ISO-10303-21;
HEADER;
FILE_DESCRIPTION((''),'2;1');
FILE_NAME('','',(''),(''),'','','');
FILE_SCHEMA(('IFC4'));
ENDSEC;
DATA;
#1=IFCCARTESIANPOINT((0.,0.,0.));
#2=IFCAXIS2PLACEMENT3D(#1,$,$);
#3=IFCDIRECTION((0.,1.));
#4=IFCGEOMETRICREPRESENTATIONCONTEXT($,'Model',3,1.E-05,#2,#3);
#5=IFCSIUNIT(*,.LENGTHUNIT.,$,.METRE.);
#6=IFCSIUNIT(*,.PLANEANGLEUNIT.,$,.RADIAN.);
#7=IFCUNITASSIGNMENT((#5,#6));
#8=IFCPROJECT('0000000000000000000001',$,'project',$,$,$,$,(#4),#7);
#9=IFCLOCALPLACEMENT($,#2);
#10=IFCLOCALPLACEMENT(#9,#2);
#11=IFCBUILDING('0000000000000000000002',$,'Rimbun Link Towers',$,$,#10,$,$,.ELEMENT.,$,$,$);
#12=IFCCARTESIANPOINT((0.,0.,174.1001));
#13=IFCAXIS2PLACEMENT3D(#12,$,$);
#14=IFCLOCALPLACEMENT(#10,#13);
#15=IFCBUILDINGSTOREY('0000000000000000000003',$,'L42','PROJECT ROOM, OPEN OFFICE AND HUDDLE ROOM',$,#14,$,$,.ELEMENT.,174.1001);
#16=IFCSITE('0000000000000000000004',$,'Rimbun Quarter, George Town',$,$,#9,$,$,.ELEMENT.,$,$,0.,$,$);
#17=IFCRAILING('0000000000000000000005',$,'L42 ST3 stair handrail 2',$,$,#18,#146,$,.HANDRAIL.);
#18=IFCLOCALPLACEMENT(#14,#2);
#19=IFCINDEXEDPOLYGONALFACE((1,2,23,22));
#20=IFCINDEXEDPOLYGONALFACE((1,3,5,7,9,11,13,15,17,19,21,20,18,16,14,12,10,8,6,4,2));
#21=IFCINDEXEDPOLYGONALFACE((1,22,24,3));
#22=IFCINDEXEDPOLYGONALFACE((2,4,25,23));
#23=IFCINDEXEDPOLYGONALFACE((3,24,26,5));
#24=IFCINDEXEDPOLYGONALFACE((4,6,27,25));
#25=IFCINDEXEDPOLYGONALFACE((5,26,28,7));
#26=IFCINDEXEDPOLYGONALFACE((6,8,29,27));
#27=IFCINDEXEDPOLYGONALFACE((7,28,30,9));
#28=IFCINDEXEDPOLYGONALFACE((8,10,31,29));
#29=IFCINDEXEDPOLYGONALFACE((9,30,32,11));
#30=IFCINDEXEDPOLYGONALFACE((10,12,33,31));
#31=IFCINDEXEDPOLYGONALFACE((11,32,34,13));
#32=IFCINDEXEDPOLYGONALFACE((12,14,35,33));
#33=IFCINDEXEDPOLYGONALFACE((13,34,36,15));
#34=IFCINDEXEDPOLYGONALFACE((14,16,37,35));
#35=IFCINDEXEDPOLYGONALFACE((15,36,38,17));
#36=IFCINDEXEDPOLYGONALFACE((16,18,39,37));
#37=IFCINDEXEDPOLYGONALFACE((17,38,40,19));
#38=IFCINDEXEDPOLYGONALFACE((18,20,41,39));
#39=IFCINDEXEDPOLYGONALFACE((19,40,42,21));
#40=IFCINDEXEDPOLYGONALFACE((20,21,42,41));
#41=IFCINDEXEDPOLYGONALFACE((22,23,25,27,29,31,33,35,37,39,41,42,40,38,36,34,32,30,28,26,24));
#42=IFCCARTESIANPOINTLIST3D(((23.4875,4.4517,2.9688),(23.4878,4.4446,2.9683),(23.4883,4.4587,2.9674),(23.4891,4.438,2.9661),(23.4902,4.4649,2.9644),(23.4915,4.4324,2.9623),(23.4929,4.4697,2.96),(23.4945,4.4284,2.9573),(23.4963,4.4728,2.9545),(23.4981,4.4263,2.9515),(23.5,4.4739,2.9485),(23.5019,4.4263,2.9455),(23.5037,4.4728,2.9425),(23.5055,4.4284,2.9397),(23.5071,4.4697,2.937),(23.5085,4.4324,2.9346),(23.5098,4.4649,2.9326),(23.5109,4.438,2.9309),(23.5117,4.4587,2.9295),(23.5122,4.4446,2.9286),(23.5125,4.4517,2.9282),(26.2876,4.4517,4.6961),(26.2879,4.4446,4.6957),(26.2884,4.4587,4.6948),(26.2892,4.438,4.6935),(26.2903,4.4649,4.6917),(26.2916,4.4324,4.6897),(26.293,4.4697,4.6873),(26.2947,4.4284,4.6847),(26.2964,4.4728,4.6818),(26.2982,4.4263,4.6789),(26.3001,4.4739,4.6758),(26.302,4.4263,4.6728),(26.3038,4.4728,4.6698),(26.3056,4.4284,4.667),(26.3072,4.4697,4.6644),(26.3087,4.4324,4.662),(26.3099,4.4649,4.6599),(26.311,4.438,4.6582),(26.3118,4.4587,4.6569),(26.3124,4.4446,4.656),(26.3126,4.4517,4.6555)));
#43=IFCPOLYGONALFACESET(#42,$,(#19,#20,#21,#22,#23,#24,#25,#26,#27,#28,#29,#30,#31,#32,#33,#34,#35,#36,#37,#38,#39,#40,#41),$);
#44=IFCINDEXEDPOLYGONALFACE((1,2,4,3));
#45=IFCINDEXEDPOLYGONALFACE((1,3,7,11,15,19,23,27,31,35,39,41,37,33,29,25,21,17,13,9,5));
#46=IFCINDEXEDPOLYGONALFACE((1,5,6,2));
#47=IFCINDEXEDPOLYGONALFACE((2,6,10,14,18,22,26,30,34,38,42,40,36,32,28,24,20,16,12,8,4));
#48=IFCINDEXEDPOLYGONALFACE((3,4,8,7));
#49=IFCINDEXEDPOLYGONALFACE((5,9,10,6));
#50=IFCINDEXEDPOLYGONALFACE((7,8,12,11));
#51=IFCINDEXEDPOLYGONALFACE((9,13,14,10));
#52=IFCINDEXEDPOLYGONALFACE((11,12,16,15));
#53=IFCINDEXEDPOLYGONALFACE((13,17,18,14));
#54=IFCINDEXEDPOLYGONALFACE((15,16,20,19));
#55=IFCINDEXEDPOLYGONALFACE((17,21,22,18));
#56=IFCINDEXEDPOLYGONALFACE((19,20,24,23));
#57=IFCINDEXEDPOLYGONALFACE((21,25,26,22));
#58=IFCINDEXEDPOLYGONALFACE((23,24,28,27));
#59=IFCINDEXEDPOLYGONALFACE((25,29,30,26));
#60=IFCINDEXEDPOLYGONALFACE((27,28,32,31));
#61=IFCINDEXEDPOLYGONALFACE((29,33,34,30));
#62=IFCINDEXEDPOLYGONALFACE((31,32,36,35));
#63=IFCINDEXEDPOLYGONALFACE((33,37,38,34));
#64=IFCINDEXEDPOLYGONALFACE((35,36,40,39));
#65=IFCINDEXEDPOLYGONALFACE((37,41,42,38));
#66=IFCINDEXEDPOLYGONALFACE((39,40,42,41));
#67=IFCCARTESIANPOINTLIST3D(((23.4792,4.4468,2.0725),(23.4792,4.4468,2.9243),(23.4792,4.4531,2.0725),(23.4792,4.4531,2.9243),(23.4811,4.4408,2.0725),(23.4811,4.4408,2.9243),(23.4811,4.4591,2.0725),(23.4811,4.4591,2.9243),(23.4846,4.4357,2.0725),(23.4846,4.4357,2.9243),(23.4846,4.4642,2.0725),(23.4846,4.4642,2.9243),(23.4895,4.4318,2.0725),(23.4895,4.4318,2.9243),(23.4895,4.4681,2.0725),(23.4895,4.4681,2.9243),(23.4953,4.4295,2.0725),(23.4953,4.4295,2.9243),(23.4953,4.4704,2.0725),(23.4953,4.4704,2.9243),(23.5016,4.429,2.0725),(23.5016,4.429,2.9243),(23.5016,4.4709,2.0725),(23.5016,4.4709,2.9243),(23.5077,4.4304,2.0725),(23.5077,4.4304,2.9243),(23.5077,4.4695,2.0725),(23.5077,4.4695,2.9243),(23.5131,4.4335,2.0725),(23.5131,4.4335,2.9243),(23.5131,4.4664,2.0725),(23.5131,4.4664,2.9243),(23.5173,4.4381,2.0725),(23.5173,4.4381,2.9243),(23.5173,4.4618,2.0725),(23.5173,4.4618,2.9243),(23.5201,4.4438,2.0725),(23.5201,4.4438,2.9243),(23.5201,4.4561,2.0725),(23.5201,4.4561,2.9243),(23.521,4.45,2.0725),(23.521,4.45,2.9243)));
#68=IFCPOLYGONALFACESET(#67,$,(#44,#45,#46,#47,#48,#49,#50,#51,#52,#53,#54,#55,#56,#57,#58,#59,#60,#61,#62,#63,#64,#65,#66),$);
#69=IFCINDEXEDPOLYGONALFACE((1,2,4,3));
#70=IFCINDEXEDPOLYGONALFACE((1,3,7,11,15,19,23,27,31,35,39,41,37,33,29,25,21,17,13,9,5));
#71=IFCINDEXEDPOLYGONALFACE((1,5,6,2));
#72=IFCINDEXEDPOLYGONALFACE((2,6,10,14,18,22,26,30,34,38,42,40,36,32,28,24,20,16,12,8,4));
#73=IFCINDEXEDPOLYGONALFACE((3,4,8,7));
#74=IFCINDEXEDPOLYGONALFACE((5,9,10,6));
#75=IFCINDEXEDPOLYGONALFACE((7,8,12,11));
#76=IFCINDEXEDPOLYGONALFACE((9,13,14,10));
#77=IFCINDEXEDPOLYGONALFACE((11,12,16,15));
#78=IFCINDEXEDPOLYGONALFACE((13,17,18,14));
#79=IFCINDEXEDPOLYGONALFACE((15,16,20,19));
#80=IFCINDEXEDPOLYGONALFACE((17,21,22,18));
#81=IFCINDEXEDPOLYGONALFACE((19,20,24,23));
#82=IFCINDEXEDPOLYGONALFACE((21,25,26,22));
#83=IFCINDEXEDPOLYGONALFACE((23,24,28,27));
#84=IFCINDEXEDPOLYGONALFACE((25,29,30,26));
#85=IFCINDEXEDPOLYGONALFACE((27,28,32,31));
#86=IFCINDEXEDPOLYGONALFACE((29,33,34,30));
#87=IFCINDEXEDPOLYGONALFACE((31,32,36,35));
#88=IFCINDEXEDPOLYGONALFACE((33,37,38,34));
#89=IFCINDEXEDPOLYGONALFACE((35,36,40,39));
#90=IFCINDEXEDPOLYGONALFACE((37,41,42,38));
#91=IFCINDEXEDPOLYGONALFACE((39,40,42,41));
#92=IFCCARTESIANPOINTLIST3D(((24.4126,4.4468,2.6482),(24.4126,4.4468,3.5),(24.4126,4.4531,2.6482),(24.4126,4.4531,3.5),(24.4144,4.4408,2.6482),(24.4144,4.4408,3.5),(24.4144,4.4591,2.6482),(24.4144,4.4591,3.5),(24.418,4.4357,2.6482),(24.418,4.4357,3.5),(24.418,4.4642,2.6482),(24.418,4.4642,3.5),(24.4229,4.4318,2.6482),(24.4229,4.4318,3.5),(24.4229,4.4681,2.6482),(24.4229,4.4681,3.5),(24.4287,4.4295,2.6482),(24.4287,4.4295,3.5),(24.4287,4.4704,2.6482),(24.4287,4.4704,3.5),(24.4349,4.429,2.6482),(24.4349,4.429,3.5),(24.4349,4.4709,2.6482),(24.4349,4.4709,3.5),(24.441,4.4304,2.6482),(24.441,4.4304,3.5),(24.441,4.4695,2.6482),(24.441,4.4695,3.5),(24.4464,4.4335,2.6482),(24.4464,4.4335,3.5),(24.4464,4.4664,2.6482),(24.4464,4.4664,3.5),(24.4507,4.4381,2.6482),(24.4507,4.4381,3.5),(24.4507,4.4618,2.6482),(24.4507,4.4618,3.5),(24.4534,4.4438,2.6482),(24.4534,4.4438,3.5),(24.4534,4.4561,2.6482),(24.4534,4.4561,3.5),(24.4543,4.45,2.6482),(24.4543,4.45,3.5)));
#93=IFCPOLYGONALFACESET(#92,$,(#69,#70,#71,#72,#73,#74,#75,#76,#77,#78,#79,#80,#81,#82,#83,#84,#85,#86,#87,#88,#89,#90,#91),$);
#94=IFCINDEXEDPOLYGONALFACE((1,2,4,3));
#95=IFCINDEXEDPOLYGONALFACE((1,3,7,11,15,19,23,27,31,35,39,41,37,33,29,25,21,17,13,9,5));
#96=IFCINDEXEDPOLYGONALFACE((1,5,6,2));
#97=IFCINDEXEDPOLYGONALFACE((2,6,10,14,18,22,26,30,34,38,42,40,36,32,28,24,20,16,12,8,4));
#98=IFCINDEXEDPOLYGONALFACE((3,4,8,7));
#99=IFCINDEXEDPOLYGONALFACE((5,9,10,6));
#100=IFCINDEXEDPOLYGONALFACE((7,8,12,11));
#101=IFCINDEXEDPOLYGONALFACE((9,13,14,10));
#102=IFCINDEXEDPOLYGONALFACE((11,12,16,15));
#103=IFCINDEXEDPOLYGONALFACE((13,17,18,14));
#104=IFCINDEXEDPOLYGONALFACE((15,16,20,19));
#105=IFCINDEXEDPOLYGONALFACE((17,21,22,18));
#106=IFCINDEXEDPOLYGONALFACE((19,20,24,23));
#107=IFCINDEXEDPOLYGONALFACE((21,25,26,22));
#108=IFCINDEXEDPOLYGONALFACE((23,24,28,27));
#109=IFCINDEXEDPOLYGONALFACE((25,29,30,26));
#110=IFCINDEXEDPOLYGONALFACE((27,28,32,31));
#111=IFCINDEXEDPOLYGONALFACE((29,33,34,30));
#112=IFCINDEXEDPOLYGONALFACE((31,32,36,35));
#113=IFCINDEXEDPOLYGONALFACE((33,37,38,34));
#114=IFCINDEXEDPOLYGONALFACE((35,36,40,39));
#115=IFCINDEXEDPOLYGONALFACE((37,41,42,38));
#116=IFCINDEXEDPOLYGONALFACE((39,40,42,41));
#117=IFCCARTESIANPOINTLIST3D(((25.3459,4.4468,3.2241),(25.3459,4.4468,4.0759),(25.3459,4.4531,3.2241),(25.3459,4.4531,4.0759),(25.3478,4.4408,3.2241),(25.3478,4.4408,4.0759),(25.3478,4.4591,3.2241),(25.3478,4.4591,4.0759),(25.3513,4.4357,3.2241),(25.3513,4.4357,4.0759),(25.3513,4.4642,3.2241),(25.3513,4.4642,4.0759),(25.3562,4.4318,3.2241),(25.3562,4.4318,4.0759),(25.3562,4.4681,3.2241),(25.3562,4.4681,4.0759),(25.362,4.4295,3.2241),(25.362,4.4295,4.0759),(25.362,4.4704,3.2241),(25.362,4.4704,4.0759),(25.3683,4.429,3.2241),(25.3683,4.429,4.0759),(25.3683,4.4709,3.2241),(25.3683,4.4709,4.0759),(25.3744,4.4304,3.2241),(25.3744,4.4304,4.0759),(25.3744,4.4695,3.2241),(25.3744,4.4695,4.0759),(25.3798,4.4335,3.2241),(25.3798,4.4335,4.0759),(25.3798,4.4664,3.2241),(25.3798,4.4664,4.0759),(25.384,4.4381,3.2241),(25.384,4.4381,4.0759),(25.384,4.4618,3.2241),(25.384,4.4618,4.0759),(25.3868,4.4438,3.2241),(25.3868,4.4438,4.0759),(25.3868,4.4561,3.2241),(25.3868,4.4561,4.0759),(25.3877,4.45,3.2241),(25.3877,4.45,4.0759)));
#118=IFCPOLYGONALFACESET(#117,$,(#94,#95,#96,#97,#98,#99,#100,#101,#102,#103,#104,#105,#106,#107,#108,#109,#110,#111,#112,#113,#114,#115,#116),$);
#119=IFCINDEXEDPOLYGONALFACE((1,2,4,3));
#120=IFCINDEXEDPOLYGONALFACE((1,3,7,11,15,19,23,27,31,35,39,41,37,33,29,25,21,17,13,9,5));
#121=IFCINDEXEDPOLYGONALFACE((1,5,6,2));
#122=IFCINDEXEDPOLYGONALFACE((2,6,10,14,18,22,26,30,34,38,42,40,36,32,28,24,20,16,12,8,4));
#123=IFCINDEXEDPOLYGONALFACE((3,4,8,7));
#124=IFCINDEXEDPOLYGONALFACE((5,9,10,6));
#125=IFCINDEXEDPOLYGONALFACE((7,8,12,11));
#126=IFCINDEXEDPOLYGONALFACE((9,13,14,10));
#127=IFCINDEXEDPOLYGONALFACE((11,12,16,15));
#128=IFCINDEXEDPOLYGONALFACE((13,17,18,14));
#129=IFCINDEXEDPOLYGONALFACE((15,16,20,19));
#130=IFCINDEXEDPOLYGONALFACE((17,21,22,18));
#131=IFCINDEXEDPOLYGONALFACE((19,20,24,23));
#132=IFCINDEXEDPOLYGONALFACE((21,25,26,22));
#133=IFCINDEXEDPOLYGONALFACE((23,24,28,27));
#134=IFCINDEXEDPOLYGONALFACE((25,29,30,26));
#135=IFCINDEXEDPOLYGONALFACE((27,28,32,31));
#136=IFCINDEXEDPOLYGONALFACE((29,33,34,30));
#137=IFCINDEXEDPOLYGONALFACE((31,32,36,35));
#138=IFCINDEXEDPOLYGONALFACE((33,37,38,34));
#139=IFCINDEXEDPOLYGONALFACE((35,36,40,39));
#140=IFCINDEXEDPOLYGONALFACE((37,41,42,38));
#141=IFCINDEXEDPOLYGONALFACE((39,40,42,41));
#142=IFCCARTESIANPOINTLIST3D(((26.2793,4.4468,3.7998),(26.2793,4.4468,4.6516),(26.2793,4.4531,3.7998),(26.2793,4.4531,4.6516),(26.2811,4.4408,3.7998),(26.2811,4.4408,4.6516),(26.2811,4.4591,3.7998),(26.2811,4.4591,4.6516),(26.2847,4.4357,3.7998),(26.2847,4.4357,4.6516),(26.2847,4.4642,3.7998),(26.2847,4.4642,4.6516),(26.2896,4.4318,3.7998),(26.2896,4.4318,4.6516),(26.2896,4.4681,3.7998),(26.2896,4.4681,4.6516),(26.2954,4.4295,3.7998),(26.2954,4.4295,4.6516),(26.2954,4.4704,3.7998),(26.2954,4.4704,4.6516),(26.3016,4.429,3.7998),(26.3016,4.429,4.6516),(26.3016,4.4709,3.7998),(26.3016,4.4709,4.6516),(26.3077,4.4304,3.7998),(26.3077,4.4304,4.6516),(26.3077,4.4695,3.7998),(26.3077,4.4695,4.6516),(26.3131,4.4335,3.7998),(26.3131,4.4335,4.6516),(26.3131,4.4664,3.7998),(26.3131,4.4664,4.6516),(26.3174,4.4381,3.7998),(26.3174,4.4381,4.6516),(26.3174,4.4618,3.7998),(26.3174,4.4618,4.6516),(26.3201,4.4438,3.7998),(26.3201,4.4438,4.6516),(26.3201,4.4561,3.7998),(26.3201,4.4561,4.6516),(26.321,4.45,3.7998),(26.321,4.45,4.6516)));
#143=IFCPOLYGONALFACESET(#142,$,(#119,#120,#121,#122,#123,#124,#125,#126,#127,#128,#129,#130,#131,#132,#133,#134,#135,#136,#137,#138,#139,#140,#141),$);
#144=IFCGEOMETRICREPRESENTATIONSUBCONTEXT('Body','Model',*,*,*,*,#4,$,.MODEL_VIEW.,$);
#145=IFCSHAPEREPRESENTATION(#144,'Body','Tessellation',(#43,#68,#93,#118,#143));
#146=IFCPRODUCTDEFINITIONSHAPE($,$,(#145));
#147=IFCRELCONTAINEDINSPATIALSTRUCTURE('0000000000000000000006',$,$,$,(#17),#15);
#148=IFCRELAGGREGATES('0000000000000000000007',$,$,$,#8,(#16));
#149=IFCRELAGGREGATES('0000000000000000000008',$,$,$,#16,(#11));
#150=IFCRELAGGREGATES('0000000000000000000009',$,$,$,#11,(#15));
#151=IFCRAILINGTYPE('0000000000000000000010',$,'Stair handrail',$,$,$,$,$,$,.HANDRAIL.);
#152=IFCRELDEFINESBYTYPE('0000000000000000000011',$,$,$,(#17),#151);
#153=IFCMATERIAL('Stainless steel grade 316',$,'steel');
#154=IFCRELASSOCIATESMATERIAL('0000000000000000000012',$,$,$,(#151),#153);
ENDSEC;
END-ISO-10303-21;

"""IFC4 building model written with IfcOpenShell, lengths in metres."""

from ifc_helpers import new_model, si_unit, direction, frame, origin, origin_2d, place, context, subcontext, project, spatial, circle, extrude, material, type_object, element, save


model = new_model("IFC4")

# Units and contexts
model_context = context("Model", 3, precision=1e-05, world=origin(), true_north=direction((0.0, 1.0)))
body_context = subcontext(model_context, "Body", "Model", "MODEL_VIEW")
ifc_project = project(units=[si_unit("LENGTHUNIT", "METRE"), si_unit("PLANEANGLEUNIT", "RADIAN")], contexts=[model_context])

# Site, building, storey
site_placement = place(None, origin())
site = spatial("IfcSite", under=ifc_project, at=site_placement, Name="Rimbun Quarter, George Town", CompositionType="ELEMENT", RefElevation=0.0)
building_placement = place(site_placement, origin())
building = spatial("IfcBuilding", under=site, at=building_placement, Name="Rimbun Link Towers", CompositionType="ELEMENT")
storey_placement = place(building_placement, frame((0.0, 0.0, 174.1001)))
storey = spatial("IfcBuildingStorey", under=building, at=storey_placement, Name="L42", Description="PROJECT ROOM, OPEN OFFICE AND HUDDLE ROOM", CompositionType="ELEMENT", Elevation=174.1001)

# Railing
ifc_material_1 = material(Name="Stainless steel grade 316", Category="steel")
railing_type_1 = type_object("IfcRailingType", Name="Stair handrail", PredefinedType="HANDRAIL", material=ifc_material_1)
railing_1_placement = place(storey_placement, frame((23.5, 4.45, 2.0725)))
element("IfcRailing", 1, at=railing_1_placement, inside=storey, type_object=railing_type_1, Name="L42 ST3 stair handrail 2", PredefinedType="HANDRAIL", context=body_context, shape_type="SweptSolid", body=[
    extrude(circle(Radius=0.0239, at=origin_2d()), frame((0.0, 0.0, 0.876), z_axis=(0.85109, 0.0, 0.52502), x_axis=(0.0, 1.0, 0.0)), (0.0, 0.0, 1.0), 3.29),
    extrude(circle(Radius=0.021, at=origin_2d()), origin(), (0.0, 0.0, 1.0), 0.8518),
    extrude(circle(Radius=0.021, at=origin_2d()), frame((0.9333, 0.0, 0.5757)), (0.0, 0.0, 1.0), 0.8518),
    extrude(circle(Radius=0.021, at=origin_2d()), frame((1.8667, 0.0, 1.1516)), (0.0, 0.0, 1.0), 0.8518),
    extrude(circle(Radius=0.021, at=origin_2d()), frame((2.8, 0.0, 1.7273)), (0.0, 0.0, 1.0), 0.8518),
])

save(model, "model.ifc")
